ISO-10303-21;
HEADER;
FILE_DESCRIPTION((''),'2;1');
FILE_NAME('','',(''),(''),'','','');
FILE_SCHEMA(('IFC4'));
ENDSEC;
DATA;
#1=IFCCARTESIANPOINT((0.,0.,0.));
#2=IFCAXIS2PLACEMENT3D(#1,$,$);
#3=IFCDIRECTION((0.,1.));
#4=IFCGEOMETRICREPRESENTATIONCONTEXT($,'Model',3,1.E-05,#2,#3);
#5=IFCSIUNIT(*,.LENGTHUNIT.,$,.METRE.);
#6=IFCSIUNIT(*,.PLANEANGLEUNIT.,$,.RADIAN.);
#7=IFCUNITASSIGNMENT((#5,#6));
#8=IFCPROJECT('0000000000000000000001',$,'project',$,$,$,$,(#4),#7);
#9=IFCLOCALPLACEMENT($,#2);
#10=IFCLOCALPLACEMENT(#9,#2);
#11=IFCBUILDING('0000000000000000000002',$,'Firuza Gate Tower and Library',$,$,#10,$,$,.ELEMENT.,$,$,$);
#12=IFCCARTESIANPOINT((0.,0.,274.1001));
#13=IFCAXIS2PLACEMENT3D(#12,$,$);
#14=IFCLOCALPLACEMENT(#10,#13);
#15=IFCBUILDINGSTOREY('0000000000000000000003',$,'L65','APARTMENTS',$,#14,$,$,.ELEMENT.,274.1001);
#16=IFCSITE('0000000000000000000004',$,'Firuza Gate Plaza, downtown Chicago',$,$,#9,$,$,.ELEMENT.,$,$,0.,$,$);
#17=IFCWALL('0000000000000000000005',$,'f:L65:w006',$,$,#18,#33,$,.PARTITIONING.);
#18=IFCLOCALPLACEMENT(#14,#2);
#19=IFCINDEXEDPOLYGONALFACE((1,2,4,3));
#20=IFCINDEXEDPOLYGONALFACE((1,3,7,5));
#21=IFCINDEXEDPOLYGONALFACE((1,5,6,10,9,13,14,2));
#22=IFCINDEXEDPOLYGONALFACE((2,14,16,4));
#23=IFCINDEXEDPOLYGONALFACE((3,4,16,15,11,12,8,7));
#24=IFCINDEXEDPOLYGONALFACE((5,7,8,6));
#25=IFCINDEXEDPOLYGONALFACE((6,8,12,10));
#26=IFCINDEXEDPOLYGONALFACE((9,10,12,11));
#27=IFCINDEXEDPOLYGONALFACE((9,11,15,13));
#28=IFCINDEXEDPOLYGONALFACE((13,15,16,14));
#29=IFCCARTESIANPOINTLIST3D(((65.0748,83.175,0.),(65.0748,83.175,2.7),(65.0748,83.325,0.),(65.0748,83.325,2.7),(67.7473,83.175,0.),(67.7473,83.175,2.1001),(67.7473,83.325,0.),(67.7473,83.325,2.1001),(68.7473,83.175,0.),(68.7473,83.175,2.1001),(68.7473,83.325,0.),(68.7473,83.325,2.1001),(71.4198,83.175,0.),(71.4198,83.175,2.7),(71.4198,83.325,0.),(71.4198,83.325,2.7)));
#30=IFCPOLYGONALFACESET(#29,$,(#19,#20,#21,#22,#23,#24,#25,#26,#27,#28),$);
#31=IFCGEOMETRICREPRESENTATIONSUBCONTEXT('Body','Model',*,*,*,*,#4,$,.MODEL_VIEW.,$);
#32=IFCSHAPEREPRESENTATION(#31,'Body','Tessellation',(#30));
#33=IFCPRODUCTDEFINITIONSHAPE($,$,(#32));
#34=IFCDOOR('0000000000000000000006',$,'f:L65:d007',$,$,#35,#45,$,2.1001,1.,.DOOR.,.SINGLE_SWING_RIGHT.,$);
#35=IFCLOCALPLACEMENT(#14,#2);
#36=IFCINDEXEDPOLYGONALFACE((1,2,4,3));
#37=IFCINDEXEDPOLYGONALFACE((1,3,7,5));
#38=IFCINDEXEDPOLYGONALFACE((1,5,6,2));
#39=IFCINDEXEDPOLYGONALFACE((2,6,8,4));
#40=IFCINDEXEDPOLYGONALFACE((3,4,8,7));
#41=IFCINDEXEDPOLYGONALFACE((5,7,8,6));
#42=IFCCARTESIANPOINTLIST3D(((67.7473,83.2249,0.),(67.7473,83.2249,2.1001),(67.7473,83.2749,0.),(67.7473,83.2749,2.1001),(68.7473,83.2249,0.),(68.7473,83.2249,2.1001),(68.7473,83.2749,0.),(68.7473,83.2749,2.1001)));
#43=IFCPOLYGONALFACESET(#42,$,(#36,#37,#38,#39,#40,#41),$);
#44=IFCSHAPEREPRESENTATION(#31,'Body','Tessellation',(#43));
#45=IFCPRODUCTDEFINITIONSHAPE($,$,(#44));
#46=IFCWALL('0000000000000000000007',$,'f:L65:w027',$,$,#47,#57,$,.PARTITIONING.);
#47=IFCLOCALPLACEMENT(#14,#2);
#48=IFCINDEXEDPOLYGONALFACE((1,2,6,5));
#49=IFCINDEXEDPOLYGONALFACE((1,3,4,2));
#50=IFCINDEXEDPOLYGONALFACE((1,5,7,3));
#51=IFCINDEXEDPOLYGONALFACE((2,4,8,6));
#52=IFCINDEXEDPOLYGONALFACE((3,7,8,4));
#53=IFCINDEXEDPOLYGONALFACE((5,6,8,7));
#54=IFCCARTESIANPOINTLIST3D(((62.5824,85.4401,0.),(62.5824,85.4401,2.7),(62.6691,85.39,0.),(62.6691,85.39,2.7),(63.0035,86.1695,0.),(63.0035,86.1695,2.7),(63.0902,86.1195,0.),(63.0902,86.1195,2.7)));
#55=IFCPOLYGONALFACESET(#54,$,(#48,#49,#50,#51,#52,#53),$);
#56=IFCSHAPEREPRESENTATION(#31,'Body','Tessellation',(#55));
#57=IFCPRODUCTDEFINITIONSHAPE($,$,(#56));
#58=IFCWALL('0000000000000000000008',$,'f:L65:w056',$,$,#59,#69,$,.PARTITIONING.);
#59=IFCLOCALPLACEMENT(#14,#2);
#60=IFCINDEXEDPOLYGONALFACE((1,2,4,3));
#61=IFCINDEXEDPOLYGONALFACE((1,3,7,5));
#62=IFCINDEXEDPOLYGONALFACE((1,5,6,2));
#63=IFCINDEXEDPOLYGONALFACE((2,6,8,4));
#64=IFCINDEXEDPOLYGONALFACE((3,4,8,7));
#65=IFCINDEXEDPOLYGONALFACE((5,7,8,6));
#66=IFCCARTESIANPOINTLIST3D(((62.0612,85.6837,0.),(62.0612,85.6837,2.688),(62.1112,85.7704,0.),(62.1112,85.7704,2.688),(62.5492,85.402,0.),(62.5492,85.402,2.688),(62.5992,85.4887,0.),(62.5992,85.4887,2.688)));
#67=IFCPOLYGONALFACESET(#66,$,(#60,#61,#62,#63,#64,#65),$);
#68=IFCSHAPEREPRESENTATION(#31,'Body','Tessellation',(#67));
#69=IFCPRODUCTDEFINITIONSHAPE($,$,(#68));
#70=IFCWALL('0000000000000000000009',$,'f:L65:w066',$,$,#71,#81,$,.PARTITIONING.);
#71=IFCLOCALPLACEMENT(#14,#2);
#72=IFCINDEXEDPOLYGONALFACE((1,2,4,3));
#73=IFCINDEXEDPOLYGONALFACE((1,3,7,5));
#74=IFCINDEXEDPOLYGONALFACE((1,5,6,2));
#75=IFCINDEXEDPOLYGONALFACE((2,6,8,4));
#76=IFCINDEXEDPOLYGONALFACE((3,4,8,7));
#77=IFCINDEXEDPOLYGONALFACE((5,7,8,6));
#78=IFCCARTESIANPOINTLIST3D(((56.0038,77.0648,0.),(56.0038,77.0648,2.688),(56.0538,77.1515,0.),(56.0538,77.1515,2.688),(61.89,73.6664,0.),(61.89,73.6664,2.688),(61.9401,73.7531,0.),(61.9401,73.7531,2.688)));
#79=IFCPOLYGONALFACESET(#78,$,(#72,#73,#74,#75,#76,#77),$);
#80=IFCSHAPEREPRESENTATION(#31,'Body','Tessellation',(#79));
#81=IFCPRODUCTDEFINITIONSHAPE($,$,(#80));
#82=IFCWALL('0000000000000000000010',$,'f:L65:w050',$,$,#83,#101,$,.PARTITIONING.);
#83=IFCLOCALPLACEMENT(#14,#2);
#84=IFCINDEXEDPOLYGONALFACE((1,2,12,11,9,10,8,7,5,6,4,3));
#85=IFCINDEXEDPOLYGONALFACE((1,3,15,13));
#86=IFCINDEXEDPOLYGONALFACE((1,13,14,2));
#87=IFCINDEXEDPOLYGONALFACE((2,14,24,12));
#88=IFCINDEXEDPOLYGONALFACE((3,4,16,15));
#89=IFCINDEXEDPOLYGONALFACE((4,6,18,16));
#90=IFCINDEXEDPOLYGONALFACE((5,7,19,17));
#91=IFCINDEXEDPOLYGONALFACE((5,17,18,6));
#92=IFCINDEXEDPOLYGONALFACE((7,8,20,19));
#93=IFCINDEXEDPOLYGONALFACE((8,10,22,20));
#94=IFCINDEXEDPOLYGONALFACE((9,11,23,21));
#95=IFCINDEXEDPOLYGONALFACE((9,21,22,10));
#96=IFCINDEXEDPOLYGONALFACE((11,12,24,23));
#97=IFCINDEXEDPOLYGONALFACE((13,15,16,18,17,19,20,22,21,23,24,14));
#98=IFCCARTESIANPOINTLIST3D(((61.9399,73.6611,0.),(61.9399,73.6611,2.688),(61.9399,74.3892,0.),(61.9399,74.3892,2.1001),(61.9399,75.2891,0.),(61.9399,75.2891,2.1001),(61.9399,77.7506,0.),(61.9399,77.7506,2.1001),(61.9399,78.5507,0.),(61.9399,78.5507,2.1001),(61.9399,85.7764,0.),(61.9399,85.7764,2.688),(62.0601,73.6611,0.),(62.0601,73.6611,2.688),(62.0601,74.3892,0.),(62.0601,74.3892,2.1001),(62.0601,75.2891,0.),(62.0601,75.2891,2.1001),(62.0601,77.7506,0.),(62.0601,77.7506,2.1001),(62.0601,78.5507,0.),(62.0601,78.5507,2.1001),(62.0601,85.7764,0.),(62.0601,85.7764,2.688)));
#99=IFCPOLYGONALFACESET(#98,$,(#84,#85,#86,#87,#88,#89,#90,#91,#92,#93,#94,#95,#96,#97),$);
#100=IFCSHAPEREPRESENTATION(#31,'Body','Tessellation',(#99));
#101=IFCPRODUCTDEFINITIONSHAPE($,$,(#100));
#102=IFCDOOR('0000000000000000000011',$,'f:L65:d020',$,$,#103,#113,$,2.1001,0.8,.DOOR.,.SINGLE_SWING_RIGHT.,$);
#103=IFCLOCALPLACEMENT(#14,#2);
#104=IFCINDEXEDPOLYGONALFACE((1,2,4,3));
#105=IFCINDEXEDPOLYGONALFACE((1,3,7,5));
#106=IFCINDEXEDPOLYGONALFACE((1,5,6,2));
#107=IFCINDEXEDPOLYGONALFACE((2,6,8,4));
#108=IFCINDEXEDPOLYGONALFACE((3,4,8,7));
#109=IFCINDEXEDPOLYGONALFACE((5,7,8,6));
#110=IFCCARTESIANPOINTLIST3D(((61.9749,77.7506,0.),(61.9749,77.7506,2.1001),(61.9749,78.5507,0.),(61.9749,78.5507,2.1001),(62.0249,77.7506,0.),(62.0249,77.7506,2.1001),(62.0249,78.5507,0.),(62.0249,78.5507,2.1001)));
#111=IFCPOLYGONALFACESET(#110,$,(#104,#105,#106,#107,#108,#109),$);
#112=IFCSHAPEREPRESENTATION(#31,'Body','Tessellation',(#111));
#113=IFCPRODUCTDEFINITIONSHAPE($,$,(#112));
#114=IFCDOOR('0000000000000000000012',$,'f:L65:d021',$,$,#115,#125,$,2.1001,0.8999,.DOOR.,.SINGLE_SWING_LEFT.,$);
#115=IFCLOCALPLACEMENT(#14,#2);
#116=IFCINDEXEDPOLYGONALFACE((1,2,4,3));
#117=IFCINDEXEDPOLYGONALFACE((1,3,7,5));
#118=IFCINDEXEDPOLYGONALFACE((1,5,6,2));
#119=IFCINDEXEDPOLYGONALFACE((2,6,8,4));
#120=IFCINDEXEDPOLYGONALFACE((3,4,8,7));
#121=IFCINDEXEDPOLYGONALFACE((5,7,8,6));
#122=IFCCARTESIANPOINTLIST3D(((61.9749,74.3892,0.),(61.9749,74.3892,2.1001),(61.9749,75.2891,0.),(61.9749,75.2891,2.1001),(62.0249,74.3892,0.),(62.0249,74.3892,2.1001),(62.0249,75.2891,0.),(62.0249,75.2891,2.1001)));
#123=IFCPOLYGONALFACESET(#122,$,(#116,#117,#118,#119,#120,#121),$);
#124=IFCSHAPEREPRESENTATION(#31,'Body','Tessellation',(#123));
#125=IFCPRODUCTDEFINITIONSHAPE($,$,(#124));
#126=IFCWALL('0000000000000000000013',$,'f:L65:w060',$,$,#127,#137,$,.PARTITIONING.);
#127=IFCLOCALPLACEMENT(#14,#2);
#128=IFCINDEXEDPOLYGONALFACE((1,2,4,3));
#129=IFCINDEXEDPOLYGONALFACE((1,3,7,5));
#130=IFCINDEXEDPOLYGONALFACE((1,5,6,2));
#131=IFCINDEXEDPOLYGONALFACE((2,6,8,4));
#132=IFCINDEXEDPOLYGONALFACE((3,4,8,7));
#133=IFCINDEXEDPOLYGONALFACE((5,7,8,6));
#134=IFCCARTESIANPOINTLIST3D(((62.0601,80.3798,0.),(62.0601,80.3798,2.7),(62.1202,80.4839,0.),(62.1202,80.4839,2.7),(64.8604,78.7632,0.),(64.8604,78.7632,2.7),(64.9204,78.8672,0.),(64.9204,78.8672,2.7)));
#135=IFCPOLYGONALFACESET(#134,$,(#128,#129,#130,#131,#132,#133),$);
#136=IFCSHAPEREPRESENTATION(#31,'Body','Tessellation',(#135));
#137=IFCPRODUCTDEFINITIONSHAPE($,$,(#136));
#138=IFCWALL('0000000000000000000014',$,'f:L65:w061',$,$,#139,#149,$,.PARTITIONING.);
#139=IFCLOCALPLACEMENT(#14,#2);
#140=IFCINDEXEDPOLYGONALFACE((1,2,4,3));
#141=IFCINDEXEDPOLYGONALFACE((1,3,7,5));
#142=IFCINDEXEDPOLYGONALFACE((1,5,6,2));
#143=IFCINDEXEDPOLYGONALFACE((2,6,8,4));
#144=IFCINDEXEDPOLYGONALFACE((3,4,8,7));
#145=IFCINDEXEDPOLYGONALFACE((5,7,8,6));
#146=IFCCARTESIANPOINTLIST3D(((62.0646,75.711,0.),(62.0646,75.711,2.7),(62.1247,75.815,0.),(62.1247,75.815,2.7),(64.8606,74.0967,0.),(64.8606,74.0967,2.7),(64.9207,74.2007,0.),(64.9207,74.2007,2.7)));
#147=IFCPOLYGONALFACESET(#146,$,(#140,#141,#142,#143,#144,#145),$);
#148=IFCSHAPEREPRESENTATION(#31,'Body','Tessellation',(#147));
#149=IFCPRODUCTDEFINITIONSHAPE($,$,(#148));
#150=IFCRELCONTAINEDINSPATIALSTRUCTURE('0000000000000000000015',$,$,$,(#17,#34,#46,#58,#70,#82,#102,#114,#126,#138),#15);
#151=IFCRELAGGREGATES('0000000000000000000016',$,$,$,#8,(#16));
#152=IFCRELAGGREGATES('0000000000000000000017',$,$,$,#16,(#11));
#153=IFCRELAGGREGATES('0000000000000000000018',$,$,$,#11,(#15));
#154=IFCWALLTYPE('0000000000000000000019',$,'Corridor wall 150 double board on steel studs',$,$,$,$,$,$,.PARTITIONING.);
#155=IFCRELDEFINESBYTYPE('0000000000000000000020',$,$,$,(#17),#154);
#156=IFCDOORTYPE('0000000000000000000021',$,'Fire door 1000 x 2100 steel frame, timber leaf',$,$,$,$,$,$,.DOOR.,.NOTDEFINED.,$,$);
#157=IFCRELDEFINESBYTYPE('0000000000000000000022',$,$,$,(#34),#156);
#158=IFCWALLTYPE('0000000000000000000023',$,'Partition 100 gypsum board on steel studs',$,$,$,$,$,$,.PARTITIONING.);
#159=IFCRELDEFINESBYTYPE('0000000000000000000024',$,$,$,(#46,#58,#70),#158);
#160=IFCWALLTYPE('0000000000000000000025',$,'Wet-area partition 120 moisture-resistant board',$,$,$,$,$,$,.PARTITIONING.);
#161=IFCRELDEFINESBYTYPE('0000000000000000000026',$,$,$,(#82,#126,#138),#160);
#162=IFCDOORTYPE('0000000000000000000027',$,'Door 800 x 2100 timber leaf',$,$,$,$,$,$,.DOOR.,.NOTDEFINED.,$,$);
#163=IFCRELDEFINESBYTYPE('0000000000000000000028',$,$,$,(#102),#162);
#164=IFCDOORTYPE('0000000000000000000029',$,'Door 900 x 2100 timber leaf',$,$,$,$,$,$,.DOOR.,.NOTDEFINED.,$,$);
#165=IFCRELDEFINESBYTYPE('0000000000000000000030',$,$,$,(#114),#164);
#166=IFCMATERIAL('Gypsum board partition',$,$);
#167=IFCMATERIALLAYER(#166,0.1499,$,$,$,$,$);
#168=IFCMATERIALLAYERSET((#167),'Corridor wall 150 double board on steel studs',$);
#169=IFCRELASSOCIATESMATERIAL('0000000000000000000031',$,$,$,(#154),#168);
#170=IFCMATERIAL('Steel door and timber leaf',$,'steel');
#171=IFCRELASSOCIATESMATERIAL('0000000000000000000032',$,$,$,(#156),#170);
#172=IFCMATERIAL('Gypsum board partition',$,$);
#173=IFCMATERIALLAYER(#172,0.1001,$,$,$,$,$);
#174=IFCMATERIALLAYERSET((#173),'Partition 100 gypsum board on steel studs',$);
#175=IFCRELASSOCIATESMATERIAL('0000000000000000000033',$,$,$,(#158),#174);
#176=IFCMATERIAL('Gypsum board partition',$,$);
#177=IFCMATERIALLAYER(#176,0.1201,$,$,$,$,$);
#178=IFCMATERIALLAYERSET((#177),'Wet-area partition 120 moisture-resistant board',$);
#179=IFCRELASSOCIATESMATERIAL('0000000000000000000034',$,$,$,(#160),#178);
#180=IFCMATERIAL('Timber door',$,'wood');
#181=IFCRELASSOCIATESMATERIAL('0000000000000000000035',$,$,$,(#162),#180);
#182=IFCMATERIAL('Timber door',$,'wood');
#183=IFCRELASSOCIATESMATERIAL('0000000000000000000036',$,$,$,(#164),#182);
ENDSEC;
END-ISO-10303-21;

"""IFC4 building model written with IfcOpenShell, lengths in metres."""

from ifc_helpers import new_model, si_unit, direction, frame, frame_2d, origin, place, context, subcontext, project, spatial, rectangle, extrude, material, layer, layer_set, type_object, element, fill, save


model = new_model("IFC4")

# Units and contexts
model_context = context("Model", 3, precision=1e-05, world=origin(), true_north=direction((0.0, 1.0)))
body_context = subcontext(model_context, "Body", "Model", "MODEL_VIEW")
ifc_project = project(units=[si_unit("LENGTHUNIT", "METRE"), si_unit("PLANEANGLEUNIT", "RADIAN")], contexts=[model_context])

# Site, building, storey
site_placement = place(None, origin())
site = spatial("IfcSite", under=ifc_project, at=site_placement, Name="Firuza Gate Plaza, downtown Chicago", CompositionType="ELEMENT", RefElevation=0.0)
building_placement = place(site_placement, origin())
building = spatial("IfcBuilding", under=site, at=building_placement, Name="Firuza Gate Tower and Library", CompositionType="ELEMENT")
storey_placement = place(building_placement, frame((0.0, 0.0, 274.1001)))
storey = spatial("IfcBuildingStorey", under=building, at=storey_placement, Name="L65", Description="APARTMENTS", CompositionType="ELEMENT", Elevation=274.1001)

# Wall, opening, door
ifc_material_1 = material(Name="Gypsum board partition")
ifc_layer_1 = layer(ifc_material_1, 0.1499)
ifc_layer_set_1 = layer_set([ifc_layer_1], Name="Corridor wall 150 double board on steel studs")
wall_type_1 = type_object("IfcWallType", Name="Corridor wall 150 double board on steel studs", PredefinedType="PARTITIONING", material=ifc_layer_set_1)
wall_1_placement = place(storey_placement, frame((65.075, 83.25, 0.0), z_axis=(0.0, 0.0, 1.0), x_axis=(1.0, 0.0, 0.0)))
wall_1 = element("IfcWall", 1, at=wall_1_placement, inside=storey, type_object=wall_type_1, Name="f:L65:w006", PredefinedType="PARTITIONING", context=body_context, shape_type="SweptSolid", body=[
    extrude(rectangle(XDim=6.345, YDim=0.1499, at=frame_2d((3.1724, 0.0))), origin(), (0.0, 0.0, 1.0), 2.7),
])
opening_1_placement = place(wall_1_placement, frame((2.6724, 0.0, 0.0)))
opening_1 = element("IfcOpeningElement", 2, at=opening_1_placement, cuts=wall_1, PredefinedType="OPENING", context=body_context, shape_type="SweptSolid", body=[
    extrude(rectangle(XDim=1.0, YDim=2.1001, at=frame_2d((0.5, 1.05))), frame((0.0, 0.085, 0.0), z_axis=(0.0, -1.0, 0.0), x_axis=(1.0, 0.0, 0.0)), (0.0, 0.0, 1.0), 0.1699),
])
ifc_material_2 = material(Name="Steel door and timber leaf", Category="steel")
door_type_1 = type_object("IfcDoorType", Name="Fire door 1000 x 2100 steel frame, timber leaf", OperationType="NOTDEFINED", PredefinedType="DOOR", material=ifc_material_2)
door_1_placement = place(opening_1_placement, origin())
door_1 = element("IfcDoor", 3, at=door_1_placement, inside=storey, type_object=door_type_1, Name="f:L65:d007", OperationType="SINGLE_SWING_RIGHT", OverallHeight=2.1001, OverallWidth=1.0, PredefinedType="DOOR", context=body_context, shape_type="SweptSolid", body=[
    extrude(rectangle(XDim=1.0, YDim=2.1001, at=frame_2d((0.5, 1.05))), frame((0.0, 0.0249, 0.0), z_axis=(0.0, -1.0, 0.0), x_axis=(1.0, 0.0, 0.0)), (0.0, 0.0, 1.0), 0.05),
])
fill(opening_1, door_1)

# Walls
ifc_material_3 = material(Name="Gypsum board partition")
ifc_layer_2 = layer(ifc_material_3, 0.1001)
ifc_layer_set_2 = layer_set([ifc_layer_2], Name="Partition 100 gypsum board on steel studs")
wall_type_2 = type_object("IfcWallType", Name="Partition 100 gypsum board on steel studs", PredefinedType="PARTITIONING", material=ifc_layer_set_2)
wall_2_placement = place(storey_placement, frame((62.6257, 85.415, 0.0), z_axis=(0.0, 0.0, 1.0), x_axis=(0.499973, 0.866041, 0.0)))
element("IfcWall", 4, at=wall_2_placement, inside=storey, type_object=wall_type_2, Name="f:L65:w027", PredefinedType="PARTITIONING", context=body_context, shape_type="SweptSolid", body=[
    extrude(rectangle(XDim=0.8423, YDim=0.1001, at=frame_2d((0.4211, 0.0))), origin(), (0.0, 0.0, 1.0), 2.7),
])
wall_3_placement = place(storey_placement, frame((62.5742, 85.4453, 0.0), z_axis=(0.0, 0.0, 1.0), x_axis=(-0.866049, 0.49996, 0.0)))
element("IfcWall", 5, at=wall_3_placement, inside=storey, type_object=wall_type_2, Name="f:L65:w056", PredefinedType="PARTITIONING", context=body_context, shape_type="SweptSolid", body=[
    extrude(rectangle(XDim=0.5635, YDim=0.1001, at=frame_2d((0.2817, 0.0))), origin(), (0.0, 0.0, 1.0), 2.688),
])
wall_4_placement = place(storey_placement, frame((61.915, 73.7097, 0.0), z_axis=(0.0, 0.0, 1.0), x_axis=(-0.866024, 0.500002, 0.0)))
element("IfcWall", 6, at=wall_4_placement, inside=storey, type_object=wall_type_2, Name="f:L65:w066", PredefinedType="PARTITIONING", context=body_context, shape_type="SweptSolid", body=[
    extrude(rectangle(XDim=6.7969, YDim=0.1001, at=frame_2d((3.3984, 0.0))), origin(), (0.0, 0.0, 1.0), 2.688),
])

# Wall, openings, doors
ifc_material_4 = material(Name="Gypsum board partition")
ifc_layer_3 = layer(ifc_material_4, 0.1201)
ifc_layer_set_3 = layer_set([ifc_layer_3], Name="Wet-area partition 120 moisture-resistant board")
wall_type_3 = type_object("IfcWallType", Name="Wet-area partition 120 moisture-resistant board", PredefinedType="PARTITIONING", material=ifc_layer_set_3)
wall_5_placement = place(storey_placement, frame((62.0, 85.7764, 0.0), z_axis=(0.0, 0.0, 1.0), x_axis=(0.0, -1.0, 0.0)))
wall_5 = element("IfcWall", 7, at=wall_5_placement, inside=storey, type_object=wall_type_3, Name="f:L65:w050", PredefinedType="PARTITIONING", context=body_context, shape_type="SweptSolid", body=[
    extrude(rectangle(XDim=12.1152, YDim=0.1201, at=frame_2d((6.0576, 0.0))), origin(), (0.0, 0.0, 1.0), 2.688),
])
opening_2_placement = place(wall_5_placement, frame((7.2258, 0.0, 0.0)))
opening_2 = element("IfcOpeningElement", 8, at=opening_2_placement, cuts=wall_5, PredefinedType="OPENING", context=body_context, shape_type="SweptSolid", body=[
    extrude(rectangle(XDim=0.8, YDim=2.1001, at=frame_2d((0.3999, 1.05))), frame((0.0, 0.0701, 0.0), z_axis=(0.0, -1.0, 0.0), x_axis=(1.0, 0.0, 0.0)), (0.0, 0.0, 1.0), 0.1401),
])
opening_3_placement = place(wall_5_placement, frame((10.4873, 0.0, 0.0)))
opening_3 = element("IfcOpeningElement", 9, at=opening_3_placement, cuts=wall_5, PredefinedType="OPENING", context=body_context, shape_type="SweptSolid", body=[
    extrude(rectangle(XDim=0.8999, YDim=2.1001, at=frame_2d((0.45, 1.05))), frame((0.0, 0.0701, 0.0), z_axis=(0.0, -1.0, 0.0), x_axis=(1.0, 0.0, 0.0)), (0.0, 0.0, 1.0), 0.1401),
])
ifc_material_5 = material(Name="Timber door", Category="wood")
door_type_2 = type_object("IfcDoorType", Name="Door 800 x 2100 timber leaf", OperationType="NOTDEFINED", PredefinedType="DOOR", material=ifc_material_5)
door_2_placement = place(opening_2_placement, origin())
door_2 = element("IfcDoor", 10, at=door_2_placement, inside=storey, type_object=door_type_2, Name="f:L65:d020", OperationType="SINGLE_SWING_RIGHT", OverallHeight=2.1001, OverallWidth=0.8, PredefinedType="DOOR", context=body_context, shape_type="SweptSolid", body=[
    extrude(rectangle(XDim=0.8, YDim=2.1001, at=frame_2d((0.3999, 1.05))), frame((0.0, 0.0249, 0.0), z_axis=(0.0, -1.0, 0.0), x_axis=(1.0, 0.0, 0.0)), (0.0, 0.0, 1.0), 0.05),
])
fill(opening_2, door_2)
ifc_material_6 = material(Name="Timber door", Category="wood")
door_type_3 = type_object("IfcDoorType", Name="Door 900 x 2100 timber leaf", OperationType="NOTDEFINED", PredefinedType="DOOR", material=ifc_material_6)
door_3_placement = place(opening_3_placement, origin())
door_3 = element("IfcDoor", 11, at=door_3_placement, inside=storey, type_object=door_type_3, Name="f:L65:d021", OperationType="SINGLE_SWING_LEFT", OverallHeight=2.1001, OverallWidth=0.8999, PredefinedType="DOOR", context=body_context, shape_type="SweptSolid", body=[
    extrude(rectangle(XDim=0.8999, YDim=2.1001, at=frame_2d((0.45, 1.05))), frame((0.0, 0.0249, 0.0), z_axis=(0.0, -1.0, 0.0), x_axis=(1.0, 0.0, 0.0)), (0.0, 0.0, 1.0), 0.05),
])
fill(opening_3, door_3)

# Walls
wall_6_placement = place(storey_placement, frame((64.8904, 78.8152, 0.0), z_axis=(0.0, 0.0, 1.0), x_axis=(-0.866032, 0.499988, 0.0)))
element("IfcWall", 12, at=wall_6_placement, inside=storey, type_object=wall_type_3, Name="f:L65:w060", PredefinedType="PARTITIONING", context=body_context, shape_type="SweptSolid", body=[
    extrude(rectangle(XDim=3.2334, YDim=0.1201, at=frame_2d((1.6167, 0.0))), origin(), (0.0, 0.0, 1.0), 2.7),
])
wall_7_placement = place(storey_placement, frame((64.8906, 74.1487, 0.0), z_axis=(0.0, 0.0, 1.0), x_axis=(-0.866019, 0.50001, 0.0)))
element("IfcWall", 13, at=wall_7_placement, inside=storey, type_object=wall_type_3, Name="f:L65:w061", PredefinedType="PARTITIONING", context=body_context, shape_type="SweptSolid", body=[
    extrude(rectangle(XDim=3.2285, YDim=0.1201, at=frame_2d((1.6143, 0.0))), origin(), (0.0, 0.0, 1.0), 2.7),
])

save(model, "model.ifc")
